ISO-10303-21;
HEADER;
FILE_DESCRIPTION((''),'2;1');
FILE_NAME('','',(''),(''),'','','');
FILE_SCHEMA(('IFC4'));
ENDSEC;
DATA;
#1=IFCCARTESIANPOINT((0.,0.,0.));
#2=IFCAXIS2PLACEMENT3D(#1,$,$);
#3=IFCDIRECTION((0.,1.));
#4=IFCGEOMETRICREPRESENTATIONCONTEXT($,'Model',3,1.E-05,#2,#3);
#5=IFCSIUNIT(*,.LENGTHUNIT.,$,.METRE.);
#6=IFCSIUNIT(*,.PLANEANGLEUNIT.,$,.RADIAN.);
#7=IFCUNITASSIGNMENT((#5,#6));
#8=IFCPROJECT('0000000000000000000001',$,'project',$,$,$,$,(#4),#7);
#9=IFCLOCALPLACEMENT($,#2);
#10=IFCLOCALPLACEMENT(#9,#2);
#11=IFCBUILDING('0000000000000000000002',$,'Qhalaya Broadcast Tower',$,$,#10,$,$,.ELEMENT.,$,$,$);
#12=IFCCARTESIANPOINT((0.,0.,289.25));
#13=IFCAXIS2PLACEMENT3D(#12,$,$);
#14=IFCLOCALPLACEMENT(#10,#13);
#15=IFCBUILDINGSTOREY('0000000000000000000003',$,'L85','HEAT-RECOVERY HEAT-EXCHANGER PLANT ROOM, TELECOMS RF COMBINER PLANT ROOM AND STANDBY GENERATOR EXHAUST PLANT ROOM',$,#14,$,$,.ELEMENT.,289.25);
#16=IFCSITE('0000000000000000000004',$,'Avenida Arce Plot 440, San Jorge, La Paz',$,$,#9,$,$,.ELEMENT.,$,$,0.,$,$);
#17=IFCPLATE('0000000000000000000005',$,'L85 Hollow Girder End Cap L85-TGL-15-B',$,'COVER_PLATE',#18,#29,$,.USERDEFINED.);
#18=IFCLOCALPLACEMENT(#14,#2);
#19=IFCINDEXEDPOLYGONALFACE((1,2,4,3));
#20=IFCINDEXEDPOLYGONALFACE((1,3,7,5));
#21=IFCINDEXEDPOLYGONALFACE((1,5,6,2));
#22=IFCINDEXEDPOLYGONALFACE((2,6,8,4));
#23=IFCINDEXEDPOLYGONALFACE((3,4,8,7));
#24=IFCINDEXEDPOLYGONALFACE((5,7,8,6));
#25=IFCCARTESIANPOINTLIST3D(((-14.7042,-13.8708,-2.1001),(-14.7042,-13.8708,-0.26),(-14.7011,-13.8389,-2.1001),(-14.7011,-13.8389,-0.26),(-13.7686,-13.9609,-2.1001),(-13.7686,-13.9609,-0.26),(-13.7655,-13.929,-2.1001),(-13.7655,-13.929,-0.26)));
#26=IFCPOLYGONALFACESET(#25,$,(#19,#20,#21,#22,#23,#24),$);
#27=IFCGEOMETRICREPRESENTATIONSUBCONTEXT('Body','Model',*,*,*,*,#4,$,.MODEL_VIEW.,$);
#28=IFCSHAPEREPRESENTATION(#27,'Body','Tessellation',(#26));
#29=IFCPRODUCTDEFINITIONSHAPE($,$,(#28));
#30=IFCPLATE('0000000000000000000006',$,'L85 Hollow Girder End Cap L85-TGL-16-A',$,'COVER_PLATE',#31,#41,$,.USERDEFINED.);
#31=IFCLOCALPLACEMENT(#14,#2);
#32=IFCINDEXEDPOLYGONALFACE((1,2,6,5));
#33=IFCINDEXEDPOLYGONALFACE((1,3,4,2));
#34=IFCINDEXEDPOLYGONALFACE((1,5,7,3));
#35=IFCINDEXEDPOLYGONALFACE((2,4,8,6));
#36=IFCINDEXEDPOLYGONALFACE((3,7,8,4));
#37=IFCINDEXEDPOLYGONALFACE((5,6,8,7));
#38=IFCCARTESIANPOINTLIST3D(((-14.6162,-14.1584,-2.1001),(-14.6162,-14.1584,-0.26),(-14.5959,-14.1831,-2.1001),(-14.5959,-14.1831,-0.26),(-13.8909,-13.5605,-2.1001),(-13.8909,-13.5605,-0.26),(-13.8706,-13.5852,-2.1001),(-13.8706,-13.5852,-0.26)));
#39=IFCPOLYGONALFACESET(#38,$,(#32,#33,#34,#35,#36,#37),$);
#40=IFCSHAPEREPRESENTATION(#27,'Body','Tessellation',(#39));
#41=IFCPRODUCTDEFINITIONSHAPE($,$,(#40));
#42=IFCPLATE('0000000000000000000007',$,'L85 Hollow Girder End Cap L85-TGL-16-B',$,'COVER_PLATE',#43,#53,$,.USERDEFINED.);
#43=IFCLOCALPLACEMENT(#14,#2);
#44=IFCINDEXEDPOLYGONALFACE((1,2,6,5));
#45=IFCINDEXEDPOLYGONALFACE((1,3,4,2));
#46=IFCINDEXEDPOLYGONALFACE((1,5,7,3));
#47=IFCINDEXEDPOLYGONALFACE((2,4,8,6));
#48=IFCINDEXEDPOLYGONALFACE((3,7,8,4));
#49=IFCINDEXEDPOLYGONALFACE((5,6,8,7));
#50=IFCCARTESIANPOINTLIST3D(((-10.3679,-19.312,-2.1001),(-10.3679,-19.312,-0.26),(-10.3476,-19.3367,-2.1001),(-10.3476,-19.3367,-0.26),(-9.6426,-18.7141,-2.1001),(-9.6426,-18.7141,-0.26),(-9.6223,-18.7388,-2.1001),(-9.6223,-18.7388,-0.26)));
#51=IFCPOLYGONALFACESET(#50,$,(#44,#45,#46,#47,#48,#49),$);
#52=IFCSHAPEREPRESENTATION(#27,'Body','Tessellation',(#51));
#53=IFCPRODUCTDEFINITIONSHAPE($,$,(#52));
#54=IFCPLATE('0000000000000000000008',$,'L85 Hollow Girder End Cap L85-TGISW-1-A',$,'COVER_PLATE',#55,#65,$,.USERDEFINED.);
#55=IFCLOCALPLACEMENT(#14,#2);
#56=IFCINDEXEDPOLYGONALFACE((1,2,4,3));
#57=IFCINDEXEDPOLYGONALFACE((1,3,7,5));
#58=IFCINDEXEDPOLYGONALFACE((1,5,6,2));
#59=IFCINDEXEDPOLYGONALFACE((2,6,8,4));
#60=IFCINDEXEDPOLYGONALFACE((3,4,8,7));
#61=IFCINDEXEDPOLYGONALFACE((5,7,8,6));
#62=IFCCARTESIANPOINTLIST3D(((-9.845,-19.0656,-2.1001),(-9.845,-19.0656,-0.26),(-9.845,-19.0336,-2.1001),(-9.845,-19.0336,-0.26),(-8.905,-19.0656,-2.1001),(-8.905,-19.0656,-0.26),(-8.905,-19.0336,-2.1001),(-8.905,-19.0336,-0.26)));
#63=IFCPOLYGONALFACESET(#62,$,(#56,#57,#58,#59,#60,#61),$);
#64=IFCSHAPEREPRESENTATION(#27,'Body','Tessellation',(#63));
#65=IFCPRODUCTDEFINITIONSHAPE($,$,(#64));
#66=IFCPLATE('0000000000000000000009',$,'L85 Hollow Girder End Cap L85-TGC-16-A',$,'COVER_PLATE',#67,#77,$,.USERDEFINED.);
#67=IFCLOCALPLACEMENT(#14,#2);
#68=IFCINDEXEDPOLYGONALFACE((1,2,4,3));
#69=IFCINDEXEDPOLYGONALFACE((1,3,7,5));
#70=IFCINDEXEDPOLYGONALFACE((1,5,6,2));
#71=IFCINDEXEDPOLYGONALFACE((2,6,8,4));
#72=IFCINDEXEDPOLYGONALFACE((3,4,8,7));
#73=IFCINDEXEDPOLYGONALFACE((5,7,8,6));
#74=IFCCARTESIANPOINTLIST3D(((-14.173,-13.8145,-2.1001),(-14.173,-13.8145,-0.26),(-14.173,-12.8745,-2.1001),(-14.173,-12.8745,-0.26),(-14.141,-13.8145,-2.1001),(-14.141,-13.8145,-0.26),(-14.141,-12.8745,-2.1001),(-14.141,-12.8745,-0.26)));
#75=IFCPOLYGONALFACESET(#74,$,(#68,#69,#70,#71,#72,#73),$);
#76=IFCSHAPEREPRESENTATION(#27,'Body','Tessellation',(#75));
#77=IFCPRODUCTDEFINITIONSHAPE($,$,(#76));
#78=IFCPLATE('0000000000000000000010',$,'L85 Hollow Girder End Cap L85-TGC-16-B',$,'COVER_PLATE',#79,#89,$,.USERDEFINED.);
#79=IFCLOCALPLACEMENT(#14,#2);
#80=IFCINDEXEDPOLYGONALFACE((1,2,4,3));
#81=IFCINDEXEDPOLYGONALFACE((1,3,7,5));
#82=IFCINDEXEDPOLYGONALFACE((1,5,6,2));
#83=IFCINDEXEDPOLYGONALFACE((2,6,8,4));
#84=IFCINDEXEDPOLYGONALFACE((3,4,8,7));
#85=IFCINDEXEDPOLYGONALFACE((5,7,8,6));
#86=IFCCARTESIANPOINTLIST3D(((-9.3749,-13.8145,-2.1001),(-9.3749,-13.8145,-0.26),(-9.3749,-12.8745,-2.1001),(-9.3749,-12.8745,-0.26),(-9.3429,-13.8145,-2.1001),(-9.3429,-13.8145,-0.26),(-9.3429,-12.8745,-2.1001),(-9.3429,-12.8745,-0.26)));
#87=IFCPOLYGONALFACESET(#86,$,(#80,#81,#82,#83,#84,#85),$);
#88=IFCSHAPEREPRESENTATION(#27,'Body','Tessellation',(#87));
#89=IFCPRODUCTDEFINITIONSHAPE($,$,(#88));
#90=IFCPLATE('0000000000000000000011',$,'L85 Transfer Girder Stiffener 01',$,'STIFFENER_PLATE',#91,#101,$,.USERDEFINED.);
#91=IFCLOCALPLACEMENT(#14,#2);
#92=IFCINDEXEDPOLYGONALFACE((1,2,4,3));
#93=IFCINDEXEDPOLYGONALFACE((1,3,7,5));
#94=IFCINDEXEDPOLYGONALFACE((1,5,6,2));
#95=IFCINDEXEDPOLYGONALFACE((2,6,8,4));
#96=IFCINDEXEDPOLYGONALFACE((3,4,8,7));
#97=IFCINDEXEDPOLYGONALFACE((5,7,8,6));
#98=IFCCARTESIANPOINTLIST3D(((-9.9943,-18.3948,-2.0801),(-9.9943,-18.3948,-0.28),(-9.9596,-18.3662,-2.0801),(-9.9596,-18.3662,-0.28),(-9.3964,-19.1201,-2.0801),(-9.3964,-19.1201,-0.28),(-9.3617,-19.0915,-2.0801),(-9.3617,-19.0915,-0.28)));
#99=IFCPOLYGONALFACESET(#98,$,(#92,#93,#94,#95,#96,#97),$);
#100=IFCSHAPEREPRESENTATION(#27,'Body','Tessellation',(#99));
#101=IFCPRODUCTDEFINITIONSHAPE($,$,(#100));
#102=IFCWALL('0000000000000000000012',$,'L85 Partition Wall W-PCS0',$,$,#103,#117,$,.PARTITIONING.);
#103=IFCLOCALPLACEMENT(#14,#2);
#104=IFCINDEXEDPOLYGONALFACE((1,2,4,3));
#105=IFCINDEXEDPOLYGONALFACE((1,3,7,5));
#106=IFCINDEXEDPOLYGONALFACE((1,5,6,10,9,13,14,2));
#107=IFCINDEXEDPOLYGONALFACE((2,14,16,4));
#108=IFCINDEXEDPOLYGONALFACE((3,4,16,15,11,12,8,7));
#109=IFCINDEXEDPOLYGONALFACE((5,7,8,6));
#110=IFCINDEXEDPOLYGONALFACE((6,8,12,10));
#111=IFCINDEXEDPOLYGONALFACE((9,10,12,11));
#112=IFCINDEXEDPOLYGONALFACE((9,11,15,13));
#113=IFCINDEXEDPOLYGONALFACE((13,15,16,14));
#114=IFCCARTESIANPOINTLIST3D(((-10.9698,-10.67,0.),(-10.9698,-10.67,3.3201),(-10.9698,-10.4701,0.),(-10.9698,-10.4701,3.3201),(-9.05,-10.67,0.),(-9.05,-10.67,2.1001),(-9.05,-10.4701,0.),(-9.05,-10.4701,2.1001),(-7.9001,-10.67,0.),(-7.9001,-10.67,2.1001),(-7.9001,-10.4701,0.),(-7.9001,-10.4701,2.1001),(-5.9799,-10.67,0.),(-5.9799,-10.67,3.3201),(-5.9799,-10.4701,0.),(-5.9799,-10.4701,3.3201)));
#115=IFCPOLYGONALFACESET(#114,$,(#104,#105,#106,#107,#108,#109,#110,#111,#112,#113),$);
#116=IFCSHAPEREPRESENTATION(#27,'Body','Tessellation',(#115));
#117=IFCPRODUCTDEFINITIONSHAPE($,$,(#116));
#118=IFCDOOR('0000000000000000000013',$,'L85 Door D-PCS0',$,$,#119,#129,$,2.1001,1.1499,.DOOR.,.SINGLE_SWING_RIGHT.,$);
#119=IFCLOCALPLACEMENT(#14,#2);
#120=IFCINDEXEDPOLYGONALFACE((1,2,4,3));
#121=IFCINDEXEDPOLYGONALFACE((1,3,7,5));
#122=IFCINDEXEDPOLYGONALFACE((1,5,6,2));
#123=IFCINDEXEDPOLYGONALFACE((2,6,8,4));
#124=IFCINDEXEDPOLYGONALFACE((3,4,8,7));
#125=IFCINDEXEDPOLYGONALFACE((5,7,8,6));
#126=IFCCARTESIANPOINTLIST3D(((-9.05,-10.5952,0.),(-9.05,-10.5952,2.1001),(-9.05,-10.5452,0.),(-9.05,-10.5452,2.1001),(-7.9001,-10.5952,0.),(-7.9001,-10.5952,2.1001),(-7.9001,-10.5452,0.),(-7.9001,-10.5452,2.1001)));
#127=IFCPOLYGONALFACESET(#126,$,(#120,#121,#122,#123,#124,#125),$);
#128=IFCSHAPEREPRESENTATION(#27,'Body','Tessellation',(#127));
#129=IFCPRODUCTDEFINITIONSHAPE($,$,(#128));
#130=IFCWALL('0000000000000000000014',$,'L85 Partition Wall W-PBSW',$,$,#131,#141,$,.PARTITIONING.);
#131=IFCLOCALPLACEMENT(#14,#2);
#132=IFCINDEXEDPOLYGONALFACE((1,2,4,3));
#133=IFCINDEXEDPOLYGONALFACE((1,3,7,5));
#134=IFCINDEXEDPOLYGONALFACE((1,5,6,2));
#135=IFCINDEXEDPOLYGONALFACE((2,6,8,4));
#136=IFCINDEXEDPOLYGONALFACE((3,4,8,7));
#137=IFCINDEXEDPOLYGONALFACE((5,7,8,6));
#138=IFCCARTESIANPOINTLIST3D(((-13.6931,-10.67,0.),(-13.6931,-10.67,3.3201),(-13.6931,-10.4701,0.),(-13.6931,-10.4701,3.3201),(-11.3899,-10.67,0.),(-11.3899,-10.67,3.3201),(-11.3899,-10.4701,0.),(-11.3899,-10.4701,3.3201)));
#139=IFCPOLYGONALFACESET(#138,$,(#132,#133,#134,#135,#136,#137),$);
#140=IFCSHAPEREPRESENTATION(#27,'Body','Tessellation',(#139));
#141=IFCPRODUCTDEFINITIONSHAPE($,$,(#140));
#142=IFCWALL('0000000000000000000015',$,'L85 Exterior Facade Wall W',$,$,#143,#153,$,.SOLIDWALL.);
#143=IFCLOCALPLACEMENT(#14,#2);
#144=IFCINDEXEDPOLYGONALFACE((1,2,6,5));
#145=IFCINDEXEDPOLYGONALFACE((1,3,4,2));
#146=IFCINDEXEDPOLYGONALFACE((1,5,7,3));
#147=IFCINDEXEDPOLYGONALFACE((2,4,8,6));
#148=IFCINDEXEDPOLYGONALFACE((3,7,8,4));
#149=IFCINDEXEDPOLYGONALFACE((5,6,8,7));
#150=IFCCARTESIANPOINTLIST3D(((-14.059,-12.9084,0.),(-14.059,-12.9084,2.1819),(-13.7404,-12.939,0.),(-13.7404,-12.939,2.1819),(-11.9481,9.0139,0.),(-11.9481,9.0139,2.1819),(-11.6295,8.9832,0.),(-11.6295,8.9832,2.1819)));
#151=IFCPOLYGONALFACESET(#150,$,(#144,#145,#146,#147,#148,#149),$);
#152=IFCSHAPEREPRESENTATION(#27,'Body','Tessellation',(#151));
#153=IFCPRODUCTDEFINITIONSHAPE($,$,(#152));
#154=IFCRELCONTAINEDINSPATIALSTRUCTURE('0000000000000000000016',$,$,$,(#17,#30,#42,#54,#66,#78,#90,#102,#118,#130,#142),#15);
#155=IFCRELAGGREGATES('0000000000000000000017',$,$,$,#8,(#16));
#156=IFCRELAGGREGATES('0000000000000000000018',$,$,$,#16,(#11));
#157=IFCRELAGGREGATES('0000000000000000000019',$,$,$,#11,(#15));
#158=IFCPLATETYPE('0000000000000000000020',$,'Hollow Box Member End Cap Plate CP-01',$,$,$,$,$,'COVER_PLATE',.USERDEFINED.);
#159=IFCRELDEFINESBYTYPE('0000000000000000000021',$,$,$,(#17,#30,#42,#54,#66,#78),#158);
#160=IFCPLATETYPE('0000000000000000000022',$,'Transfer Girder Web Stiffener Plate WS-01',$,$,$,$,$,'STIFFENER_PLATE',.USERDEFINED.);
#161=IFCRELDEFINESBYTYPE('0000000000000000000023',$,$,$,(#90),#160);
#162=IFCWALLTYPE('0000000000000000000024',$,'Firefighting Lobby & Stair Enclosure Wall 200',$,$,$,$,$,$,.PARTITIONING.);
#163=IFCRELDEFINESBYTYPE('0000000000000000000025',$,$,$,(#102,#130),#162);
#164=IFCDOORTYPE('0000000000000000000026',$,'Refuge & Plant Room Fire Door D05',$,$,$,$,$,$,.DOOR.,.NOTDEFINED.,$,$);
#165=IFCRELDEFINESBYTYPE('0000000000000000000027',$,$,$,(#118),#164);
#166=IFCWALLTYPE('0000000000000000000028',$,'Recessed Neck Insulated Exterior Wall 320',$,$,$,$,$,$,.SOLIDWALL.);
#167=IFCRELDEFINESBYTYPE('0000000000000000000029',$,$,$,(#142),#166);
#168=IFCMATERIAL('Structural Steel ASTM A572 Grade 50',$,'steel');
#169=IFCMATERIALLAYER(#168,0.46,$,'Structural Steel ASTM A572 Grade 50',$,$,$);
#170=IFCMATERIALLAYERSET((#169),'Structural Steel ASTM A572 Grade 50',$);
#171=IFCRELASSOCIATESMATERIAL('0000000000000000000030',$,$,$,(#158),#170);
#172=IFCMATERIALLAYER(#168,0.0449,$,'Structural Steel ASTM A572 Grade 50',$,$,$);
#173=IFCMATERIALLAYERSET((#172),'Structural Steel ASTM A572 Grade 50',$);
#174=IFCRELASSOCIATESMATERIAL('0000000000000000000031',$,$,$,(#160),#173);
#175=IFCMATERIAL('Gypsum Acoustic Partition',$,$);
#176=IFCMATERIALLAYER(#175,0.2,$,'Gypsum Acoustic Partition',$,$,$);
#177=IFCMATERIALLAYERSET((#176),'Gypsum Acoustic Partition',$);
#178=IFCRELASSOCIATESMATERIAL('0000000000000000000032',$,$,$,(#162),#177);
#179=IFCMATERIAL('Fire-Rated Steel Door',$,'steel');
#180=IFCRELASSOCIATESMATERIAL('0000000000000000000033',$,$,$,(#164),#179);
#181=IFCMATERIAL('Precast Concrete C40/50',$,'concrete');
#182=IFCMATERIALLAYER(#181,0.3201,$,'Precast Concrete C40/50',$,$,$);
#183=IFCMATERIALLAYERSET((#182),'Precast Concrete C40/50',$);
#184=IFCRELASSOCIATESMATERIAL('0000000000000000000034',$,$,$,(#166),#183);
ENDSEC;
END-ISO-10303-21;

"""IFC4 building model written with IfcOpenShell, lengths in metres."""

from ifc_helpers import new_model, si_unit, direction, frame, frame_2d, origin, origin_2d, place, context, subcontext, project, spatial, rectangle, extrude, material, layer, layer_set, type_object, element, fill, save


model = new_model("IFC4")

# Units and contexts
model_context = context("Model", 3, precision=1e-05, world=origin(), true_north=direction((0.0, 1.0)))
body_context = subcontext(model_context, "Body", "Model", "MODEL_VIEW")
ifc_project = project(units=[si_unit("LENGTHUNIT", "METRE"), si_unit("PLANEANGLEUNIT", "RADIAN")], contexts=[model_context])

# Site, building, storey
site_placement = place(None, origin())
site = spatial("IfcSite", under=ifc_project, at=site_placement, Name="Avenida Arce Plot 440, San Jorge, La Paz", CompositionType="ELEMENT", RefElevation=0.0)
building_placement = place(site_placement, origin())
building = spatial("IfcBuilding", under=site, at=building_placement, Name="Qhalaya Broadcast Tower", CompositionType="ELEMENT")
storey_placement = place(building_placement, frame((0.0, 0.0, 289.25)))
storey = spatial("IfcBuildingStorey", under=building, at=storey_placement, Name="L85", Description="HEAT-RECOVERY HEAT-EXCHANGER PLANT ROOM, TELECOMS RF COMBINER PLANT ROOM AND STANDBY GENERATOR EXHAUST PLANT ROOM", CompositionType="ELEMENT", Elevation=289.25)

# Shared definitions
ifc_material_1 = material(Name="Structural Steel ASTM A572 Grade 50", Category="steel")

# Plates
ifc_layer_1 = layer(ifc_material_1, 0.46, Name="Structural Steel ASTM A572 Grade 50")
ifc_layer_set_1 = layer_set([ifc_layer_1], Name="Structural Steel ASTM A572 Grade 50")
plate_type_1 = type_object("IfcPlateType", Name="Hollow Box Member End Cap Plate CP-01", ElementType="COVER_PLATE", PredefinedType="USERDEFINED", material=ifc_layer_set_1)
for number, where, z_axis, x_axis, name in (
    (1, (-14.2349, -13.8999, -2.1001), (0.0, 0.0, 1.0), (0.995396, -0.095846, 0.0), "L85 Hollow Girder End Cap L85-TGL-15-B"),
    (2, (-14.2434, -13.8718, -2.1001), (0.0, 0.0, 1.0), (0.771625, 0.636078, 0.0), "L85 Hollow Girder End Cap L85-TGL-16-A"),
    (3, (-9.9951, -19.0254, -2.1001), (0.0, 0.0, 1.0), (0.771625, 0.636078, 0.0), "L85 Hollow Girder End Cap L85-TGL-16-B"),
    (4, (-9.375, -19.0496, -2.1001), (0.0, 0.0, 1.0), (-1.0, 0.0, 0.0), "L85 Hollow Girder End Cap L85-TGISW-1-A"),
    (5, (-14.157, -13.3445, -2.1001), (0.0, 0.0, 1.0), (0.0, 1.0, 0.0), "L85 Hollow Girder End Cap L85-TGC-16-A"),
    (6, (-9.3589, -13.3445, -2.1001), (0.0, 0.0, 1.0), (0.0, 1.0, 0.0), "L85 Hollow Girder End Cap L85-TGC-16-B"),
):
    element("IfcPlate", number, at=place(storey_placement, frame(where, z_axis=z_axis, x_axis=x_axis)), inside=storey, type_object=plate_type_1, Name=name, ObjectType="COVER_PLATE", PredefinedType="USERDEFINED", context=body_context, shape_type="SweptSolid", body=[
        extrude(rectangle(XDim=0.9399, YDim=0.032, at=origin_2d()), origin(), (0.0, 0.0, 1.0), 1.8401),
    ])
ifc_layer_2 = layer(ifc_material_1, 0.0449, Name="Structural Steel ASTM A572 Grade 50")
ifc_layer_set_2 = layer_set([ifc_layer_2], Name="Structural Steel ASTM A572 Grade 50")
plate_type_2 = type_object("IfcPlateType", Name="Transfer Girder Web Stiffener Plate WS-01", ElementType="STIFFENER_PLATE", PredefinedType="USERDEFINED", material=ifc_layer_set_2)
plate_placement = place(storey_placement, frame((-9.678, -18.7432, -2.0801), z_axis=(0.0, 0.0, 1.0), x_axis=(-0.636092, 0.771613, 0.0)))
element("IfcPlate", 7, at=plate_placement, inside=storey, type_object=plate_type_2, Name="L85 Transfer Girder Stiffener 01", ObjectType="STIFFENER_PLATE", PredefinedType="USERDEFINED", context=body_context, shape_type="SweptSolid", body=[
    extrude(rectangle(XDim=0.9399, YDim=0.0449, at=origin_2d()), origin(), (0.0, 0.0, 1.0), 1.8),
])

# Wall, opening, door
ifc_material_2 = material(Name="Gypsum Acoustic Partition")
ifc_layer_3 = layer(ifc_material_2, 0.2, Name="Gypsum Acoustic Partition")
ifc_layer_set_3 = layer_set([ifc_layer_3], Name="Gypsum Acoustic Partition")
wall_type_1 = type_object("IfcWallType", Name="Firefighting Lobby & Stair Enclosure Wall 200", PredefinedType="PARTITIONING", material=ifc_layer_set_3)
wall_1_placement = place(storey_placement, frame((-10.97, -10.5701, 0.0), z_axis=(0.0, 0.0, 1.0), x_axis=(1.0, 0.0, 0.0)))
wall_1 = element("IfcWall", 8, at=wall_1_placement, inside=storey, type_object=wall_type_1, Name="L85 Partition Wall W-PCS0", PredefinedType="PARTITIONING", context=body_context, shape_type="SweptSolid", body=[
    extrude(rectangle(XDim=4.99, YDim=0.2, at=frame_2d((2.4951, 0.0))), origin(), (0.0, 0.0, 1.0), 3.3201),
])
opening_placement = place(wall_1_placement, frame((1.9199, 0.0, 0.0)))
opening = element("IfcOpeningElement", 9, at=opening_placement, cuts=wall_1, PredefinedType="OPENING", context=body_context, shape_type="SweptSolid", body=[
    extrude(rectangle(XDim=1.1499, YDim=2.1001, at=frame_2d((0.575, 1.05))), frame((0.0, 0.1121, 0.0), z_axis=(0.0, -1.0, 0.0), x_axis=(1.0, 0.0, 0.0)), (0.0, 0.0, 1.0), 0.2239),
])
ifc_material_3 = material(Name="Fire-Rated Steel Door", Category="steel")
door_type = type_object("IfcDoorType", Name="Refuge & Plant Room Fire Door D05", OperationType="NOTDEFINED", PredefinedType="DOOR", material=ifc_material_3)
door_placement = place(opening_placement, origin())
door = element("IfcDoor", 10, at=door_placement, inside=storey, type_object=door_type, Name="L85 Door D-PCS0", OperationType="SINGLE_SWING_RIGHT", OverallHeight=2.1001, OverallWidth=1.1499, PredefinedType="DOOR", context=body_context, shape_type="SweptSolid", body=[
    extrude(rectangle(XDim=1.1499, YDim=2.1001, at=frame_2d((0.575, 1.05))), frame((0.0, 0.0249, 0.0), z_axis=(0.0, -1.0, 0.0), x_axis=(1.0, 0.0, 0.0)), (0.0, 0.0, 1.0), 0.05),
])
fill(opening, door)

# Walls
wall_2_placement = place(storey_placement, frame((-13.6931, -10.5701, 0.0), z_axis=(0.0, 0.0, 1.0), x_axis=(1.0, 0.0, 0.0)))
element("IfcWall", 11, at=wall_2_placement, inside=storey, type_object=wall_type_1, Name="L85 Partition Wall W-PBSW", PredefinedType="PARTITIONING", context=body_context, shape_type="SweptSolid", body=[
    extrude(rectangle(XDim=2.3032, YDim=0.2, at=frame_2d((1.1516, 0.0))), origin(), (0.0, 0.0, 1.0), 3.3201),
])
ifc_material_4 = material(Name="Precast Concrete C40/50", Category="concrete")
ifc_layer_4 = layer(ifc_material_4, 0.3201, Name="Precast Concrete C40/50")
ifc_layer_set_4 = layer_set([ifc_layer_4], Name="Precast Concrete C40/50")
wall_type_2 = type_object("IfcWallType", Name="Recessed Neck Insulated Exterior Wall 320", PredefinedType="SOLIDWALL", material=ifc_layer_set_4)
wall_3_placement = place(storey_placement, frame((-13.8997, -12.9236, 0.0), z_axis=(0.0, 0.0, 1.0), x_axis=(0.095844, 0.995396, 0.0)))
element("IfcWall", 12, at=wall_3_placement, inside=storey, type_object=wall_type_2, Name="L85 Exterior Facade Wall W", PredefinedType="SOLIDWALL", context=body_context, shape_type="SweptSolid", body=[
    extrude(rectangle(XDim=22.0237, YDim=0.3201, at=frame_2d((11.0117, 0.0))), origin(), (0.0, 0.0, 1.0), 2.1819),
])

save(model, "model.ifc")
